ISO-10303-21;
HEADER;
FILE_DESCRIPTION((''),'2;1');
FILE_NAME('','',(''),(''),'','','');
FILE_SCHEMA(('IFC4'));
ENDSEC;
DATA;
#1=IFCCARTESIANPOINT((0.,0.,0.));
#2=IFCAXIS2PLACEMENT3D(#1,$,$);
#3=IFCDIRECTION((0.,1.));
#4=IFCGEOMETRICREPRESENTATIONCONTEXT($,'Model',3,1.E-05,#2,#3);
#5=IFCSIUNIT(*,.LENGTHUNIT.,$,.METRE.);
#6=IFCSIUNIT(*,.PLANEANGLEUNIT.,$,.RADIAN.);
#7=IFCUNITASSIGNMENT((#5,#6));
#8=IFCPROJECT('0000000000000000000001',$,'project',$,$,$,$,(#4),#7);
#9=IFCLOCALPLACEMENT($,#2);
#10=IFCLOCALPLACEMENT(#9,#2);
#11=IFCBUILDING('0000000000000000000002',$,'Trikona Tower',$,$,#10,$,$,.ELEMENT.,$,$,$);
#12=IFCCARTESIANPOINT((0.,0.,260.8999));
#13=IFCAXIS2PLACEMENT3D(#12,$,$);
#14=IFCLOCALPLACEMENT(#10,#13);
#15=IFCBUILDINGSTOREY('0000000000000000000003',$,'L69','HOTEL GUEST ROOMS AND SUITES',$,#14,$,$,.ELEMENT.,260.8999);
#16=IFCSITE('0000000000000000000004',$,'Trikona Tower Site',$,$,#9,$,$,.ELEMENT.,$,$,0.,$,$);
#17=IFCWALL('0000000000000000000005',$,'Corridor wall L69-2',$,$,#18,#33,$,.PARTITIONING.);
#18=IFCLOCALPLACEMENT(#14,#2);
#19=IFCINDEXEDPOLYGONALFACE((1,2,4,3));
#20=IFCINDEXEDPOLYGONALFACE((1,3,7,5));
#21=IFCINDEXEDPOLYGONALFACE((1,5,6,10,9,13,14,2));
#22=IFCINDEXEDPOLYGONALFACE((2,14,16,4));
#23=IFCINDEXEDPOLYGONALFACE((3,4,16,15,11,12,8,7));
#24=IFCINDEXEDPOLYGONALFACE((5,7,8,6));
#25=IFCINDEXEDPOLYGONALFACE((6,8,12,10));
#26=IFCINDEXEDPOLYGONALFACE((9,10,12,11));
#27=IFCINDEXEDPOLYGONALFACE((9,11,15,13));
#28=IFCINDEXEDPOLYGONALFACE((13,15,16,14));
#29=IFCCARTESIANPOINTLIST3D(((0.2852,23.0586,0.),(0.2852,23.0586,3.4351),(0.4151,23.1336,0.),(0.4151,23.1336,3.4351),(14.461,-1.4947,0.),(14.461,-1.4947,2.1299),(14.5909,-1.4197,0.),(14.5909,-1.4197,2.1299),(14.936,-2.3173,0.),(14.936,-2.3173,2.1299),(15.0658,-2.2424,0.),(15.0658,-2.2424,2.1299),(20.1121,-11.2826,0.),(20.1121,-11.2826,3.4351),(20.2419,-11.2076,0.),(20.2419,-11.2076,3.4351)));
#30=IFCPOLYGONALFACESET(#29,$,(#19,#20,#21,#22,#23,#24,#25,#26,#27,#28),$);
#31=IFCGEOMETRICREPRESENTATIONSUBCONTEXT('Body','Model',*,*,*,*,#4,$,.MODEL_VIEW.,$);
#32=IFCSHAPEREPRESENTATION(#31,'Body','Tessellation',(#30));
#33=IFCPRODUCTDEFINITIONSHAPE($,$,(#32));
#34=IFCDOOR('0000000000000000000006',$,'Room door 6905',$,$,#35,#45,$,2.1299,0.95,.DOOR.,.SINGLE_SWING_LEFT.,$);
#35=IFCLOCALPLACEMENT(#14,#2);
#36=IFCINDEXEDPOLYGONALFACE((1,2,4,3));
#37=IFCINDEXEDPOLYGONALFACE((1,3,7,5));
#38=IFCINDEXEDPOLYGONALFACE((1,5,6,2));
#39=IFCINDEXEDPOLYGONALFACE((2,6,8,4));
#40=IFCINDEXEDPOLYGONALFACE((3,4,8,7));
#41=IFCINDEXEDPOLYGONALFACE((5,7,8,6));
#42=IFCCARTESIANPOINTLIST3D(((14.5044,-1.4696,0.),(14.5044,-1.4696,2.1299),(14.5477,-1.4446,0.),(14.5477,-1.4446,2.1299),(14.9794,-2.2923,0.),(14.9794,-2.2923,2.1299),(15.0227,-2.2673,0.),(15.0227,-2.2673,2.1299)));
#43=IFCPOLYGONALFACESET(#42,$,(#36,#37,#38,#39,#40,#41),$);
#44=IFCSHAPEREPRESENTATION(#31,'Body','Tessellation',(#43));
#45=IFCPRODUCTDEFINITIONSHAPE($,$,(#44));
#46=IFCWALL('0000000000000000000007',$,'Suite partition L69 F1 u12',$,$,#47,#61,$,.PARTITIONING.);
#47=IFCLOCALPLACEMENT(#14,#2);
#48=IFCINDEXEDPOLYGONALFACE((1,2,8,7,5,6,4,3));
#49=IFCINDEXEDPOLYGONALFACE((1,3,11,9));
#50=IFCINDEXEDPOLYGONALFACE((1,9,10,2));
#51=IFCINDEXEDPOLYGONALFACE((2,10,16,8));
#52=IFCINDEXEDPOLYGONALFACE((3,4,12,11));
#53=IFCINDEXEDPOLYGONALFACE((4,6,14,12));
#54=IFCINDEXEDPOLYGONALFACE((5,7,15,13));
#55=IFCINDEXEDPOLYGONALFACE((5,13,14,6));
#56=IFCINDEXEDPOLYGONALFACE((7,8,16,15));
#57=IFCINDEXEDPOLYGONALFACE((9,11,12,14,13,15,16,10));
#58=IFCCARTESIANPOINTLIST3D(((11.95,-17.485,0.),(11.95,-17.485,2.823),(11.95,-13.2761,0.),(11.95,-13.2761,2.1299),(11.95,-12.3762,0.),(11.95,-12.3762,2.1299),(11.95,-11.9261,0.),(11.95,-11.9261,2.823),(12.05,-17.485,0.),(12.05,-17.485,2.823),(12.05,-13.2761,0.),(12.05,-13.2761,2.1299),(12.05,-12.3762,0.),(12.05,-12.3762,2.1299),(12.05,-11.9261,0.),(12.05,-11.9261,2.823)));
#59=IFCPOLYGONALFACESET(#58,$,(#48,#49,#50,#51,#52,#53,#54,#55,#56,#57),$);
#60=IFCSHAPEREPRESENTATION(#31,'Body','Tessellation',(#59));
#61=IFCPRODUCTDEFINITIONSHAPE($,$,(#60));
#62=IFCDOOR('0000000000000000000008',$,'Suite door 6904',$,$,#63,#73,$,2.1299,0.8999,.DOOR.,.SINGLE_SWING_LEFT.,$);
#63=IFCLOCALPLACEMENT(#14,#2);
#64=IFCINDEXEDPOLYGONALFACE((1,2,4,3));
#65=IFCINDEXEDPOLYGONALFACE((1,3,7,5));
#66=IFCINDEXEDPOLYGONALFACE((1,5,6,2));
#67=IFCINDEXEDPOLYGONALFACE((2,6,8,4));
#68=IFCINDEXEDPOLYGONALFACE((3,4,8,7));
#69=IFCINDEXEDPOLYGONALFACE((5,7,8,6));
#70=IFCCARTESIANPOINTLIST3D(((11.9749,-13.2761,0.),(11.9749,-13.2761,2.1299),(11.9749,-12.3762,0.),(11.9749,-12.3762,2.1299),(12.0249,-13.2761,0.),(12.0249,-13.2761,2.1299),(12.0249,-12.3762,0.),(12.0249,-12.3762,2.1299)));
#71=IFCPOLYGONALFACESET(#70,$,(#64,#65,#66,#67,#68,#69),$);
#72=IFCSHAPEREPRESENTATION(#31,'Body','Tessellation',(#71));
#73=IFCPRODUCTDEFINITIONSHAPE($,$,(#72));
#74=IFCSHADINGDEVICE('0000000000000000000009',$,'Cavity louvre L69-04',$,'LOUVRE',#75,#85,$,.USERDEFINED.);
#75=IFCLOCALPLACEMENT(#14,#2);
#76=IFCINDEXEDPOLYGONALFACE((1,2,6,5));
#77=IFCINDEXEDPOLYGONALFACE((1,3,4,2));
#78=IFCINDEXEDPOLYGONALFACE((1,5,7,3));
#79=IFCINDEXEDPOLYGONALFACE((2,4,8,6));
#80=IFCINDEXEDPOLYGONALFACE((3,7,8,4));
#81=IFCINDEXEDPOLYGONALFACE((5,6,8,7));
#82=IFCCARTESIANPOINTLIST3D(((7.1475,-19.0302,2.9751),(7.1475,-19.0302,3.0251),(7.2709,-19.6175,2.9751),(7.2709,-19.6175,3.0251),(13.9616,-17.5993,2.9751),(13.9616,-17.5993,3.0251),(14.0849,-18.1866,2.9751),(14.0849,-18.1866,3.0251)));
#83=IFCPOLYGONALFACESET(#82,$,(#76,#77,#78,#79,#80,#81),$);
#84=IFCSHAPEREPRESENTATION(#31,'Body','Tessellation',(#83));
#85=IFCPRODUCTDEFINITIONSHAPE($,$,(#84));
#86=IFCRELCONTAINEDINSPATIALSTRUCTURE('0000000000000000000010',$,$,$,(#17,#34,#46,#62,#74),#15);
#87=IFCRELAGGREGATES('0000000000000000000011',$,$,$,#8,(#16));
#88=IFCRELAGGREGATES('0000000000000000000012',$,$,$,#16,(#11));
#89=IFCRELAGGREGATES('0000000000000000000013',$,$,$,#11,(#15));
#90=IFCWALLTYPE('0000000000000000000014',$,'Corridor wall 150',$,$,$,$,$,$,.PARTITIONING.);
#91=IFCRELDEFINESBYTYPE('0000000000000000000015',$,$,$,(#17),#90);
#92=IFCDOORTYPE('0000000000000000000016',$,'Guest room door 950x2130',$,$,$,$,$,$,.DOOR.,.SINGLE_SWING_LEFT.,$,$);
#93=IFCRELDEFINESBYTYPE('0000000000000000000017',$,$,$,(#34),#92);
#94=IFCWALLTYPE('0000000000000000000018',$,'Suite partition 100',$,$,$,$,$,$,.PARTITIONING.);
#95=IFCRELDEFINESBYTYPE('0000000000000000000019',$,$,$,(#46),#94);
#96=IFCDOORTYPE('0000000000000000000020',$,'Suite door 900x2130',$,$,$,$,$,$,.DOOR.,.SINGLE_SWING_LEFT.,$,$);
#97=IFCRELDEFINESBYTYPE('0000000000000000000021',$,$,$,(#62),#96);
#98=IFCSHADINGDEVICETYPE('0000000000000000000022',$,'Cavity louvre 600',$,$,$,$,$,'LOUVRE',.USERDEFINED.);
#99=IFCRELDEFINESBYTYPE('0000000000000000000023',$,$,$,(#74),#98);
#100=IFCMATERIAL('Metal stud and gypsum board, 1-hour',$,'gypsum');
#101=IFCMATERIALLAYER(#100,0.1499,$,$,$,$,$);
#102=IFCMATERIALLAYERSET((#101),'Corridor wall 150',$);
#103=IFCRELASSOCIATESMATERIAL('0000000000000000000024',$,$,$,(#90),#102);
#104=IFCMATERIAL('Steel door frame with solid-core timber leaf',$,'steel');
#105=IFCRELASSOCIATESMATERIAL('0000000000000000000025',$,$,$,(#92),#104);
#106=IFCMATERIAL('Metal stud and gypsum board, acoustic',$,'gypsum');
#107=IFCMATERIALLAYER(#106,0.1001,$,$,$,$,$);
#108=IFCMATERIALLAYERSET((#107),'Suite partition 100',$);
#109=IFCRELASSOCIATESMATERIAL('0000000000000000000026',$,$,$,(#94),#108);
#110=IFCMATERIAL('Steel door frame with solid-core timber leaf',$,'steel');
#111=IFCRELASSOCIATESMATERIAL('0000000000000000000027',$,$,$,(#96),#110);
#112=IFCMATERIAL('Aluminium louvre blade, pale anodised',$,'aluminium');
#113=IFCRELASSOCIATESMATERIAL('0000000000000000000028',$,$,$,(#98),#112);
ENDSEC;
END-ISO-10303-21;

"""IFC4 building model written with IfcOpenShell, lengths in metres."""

from ifc_helpers import new_model, si_unit, direction, frame, frame_2d, origin, origin_2d, place, context, subcontext, project, spatial, rectangle, extrude, material, layer, layer_set, type_object, element, fill, save


model = new_model("IFC4")

# Units and contexts
model_context = context("Model", 3, precision=1e-05, world=origin(), true_north=direction((0.0, 1.0)))
body_context = subcontext(model_context, "Body", "Model", "MODEL_VIEW")
ifc_project = project(units=[si_unit("LENGTHUNIT", "METRE"), si_unit("PLANEANGLEUNIT", "RADIAN")], contexts=[model_context])

# Site, building, storey
site_placement = place(None, origin())
site = spatial("IfcSite", under=ifc_project, at=site_placement, Name="Trikona Tower Site", CompositionType="ELEMENT", RefElevation=0.0)
building_placement = place(site_placement, origin())
building = spatial("IfcBuilding", under=site, at=building_placement, Name="Trikona Tower", CompositionType="ELEMENT")
storey_placement = place(building_placement, frame((0.0, 0.0, 260.8999)))
storey = spatial("IfcBuildingStorey", under=building, at=storey_placement, Name="L69", Description="HOTEL GUEST ROOMS AND SUITES", CompositionType="ELEMENT", Elevation=260.8999)

# Walls, openings, doors
ifc_material_1 = material(Name="Metal stud and gypsum board, 1-hour", Category="gypsum")
ifc_layer_1 = layer(ifc_material_1, 0.1499)
ifc_layer_set_1 = layer_set([ifc_layer_1], Name="Corridor wall 150")
wall_type_1 = type_object("IfcWallType", Name="Corridor wall 150", PredefinedType="PARTITIONING", material=ifc_layer_set_1)
wall_1_placement = place(storey_placement, frame((20.177, -11.2451, 0.0), z_axis=(0.0, 0.0, 1.0), x_axis=(-0.499999, 0.866026, 0.0)))
wall_1 = element("IfcWall", 1, at=wall_1_placement, inside=storey, type_object=wall_type_1, Name="Corridor wall L69-2", PredefinedType="PARTITIONING", context=body_context, shape_type="SweptSolid", body=[
    extrude(rectangle(XDim=39.6538, YDim=0.1499, at=frame_2d((19.8269, 0.0))), origin(), (0.0, 0.0, 1.0), 3.4351),
])
opening_1_placement = place(wall_1_placement, frame((10.3521, 0.0, 0.0)))
opening_1 = element("IfcOpeningElement", 2, at=opening_1_placement, cuts=wall_1, PredefinedType="OPENING", context=body_context, shape_type="SweptSolid", body=[
    extrude(rectangle(XDim=0.95, YDim=2.1299, at=frame_2d((0.4751, 1.0649))), frame((0.0, 0.085, 0.0), z_axis=(0.0, -1.0, 0.0), x_axis=(1.0, 0.0, 0.0)), (0.0, 0.0, 1.0), 0.1699),
])
ifc_material_2 = material(Name="Steel door frame with solid-core timber leaf", Category="steel")
door_type_1 = type_object("IfcDoorType", Name="Guest room door 950x2130", OperationType="SINGLE_SWING_LEFT", PredefinedType="DOOR", material=ifc_material_2)
door_1_placement = place(opening_1_placement, origin())
door_1 = element("IfcDoor", 3, at=door_1_placement, inside=storey, type_object=door_type_1, Name="Room door 6905", OperationType="SINGLE_SWING_LEFT", OverallHeight=2.1299, OverallWidth=0.95, PredefinedType="DOOR", context=body_context, shape_type="SweptSolid", body=[
    extrude(rectangle(XDim=0.95, YDim=2.1299, at=frame_2d((0.4751, 1.0649))), frame((0.0, 0.0249, 0.0), z_axis=(0.0, -1.0, 0.0), x_axis=(1.0, 0.0, 0.0)), (0.0, 0.0, 1.0), 0.05),
])
fill(opening_1, door_1)
ifc_material_3 = material(Name="Metal stud and gypsum board, acoustic", Category="gypsum")
ifc_layer_2 = layer(ifc_material_3, 0.1001)
ifc_layer_set_2 = layer_set([ifc_layer_2], Name="Suite partition 100")
wall_type_2 = type_object("IfcWallType", Name="Suite partition 100", PredefinedType="PARTITIONING", material=ifc_layer_set_2)
wall_2_placement = place(storey_placement, frame((12.0, -11.9263, 0.0), z_axis=(0.0, 0.0, 1.0), x_axis=(0.0, -1.0, 0.0)))
wall_2 = element("IfcWall", 4, at=wall_2_placement, inside=storey, type_object=wall_type_2, Name="Suite partition L69 F1 u12", PredefinedType="PARTITIONING", context=body_context, shape_type="SweptSolid", body=[
    extrude(rectangle(XDim=5.5588, YDim=0.1001, at=frame_2d((2.7793, 0.0))), origin(), (0.0, 0.0, 1.0), 2.823),
])
opening_2_placement = place(wall_2_placement, frame((0.45, 0.0, 0.0)))
opening_2 = element("IfcOpeningElement", 5, at=opening_2_placement, cuts=wall_2, PredefinedType="OPENING", context=body_context, shape_type="SweptSolid", body=[
    extrude(rectangle(XDim=0.8999, YDim=2.1299, at=frame_2d((0.45, 1.0649))), frame((0.0, 0.0601, 0.0), z_axis=(0.0, -1.0, 0.0), x_axis=(1.0, 0.0, 0.0)), (0.0, 0.0, 1.0), 0.1201),
])
ifc_material_4 = material(Name="Steel door frame with solid-core timber leaf", Category="steel")
door_type_2 = type_object("IfcDoorType", Name="Suite door 900x2130", OperationType="SINGLE_SWING_LEFT", PredefinedType="DOOR", material=ifc_material_4)
door_2_placement = place(opening_2_placement, origin())
door_2 = element("IfcDoor", 6, at=door_2_placement, inside=storey, type_object=door_type_2, Name="Suite door 6904", OperationType="SINGLE_SWING_LEFT", OverallHeight=2.1299, OverallWidth=0.8999, PredefinedType="DOOR", context=body_context, shape_type="SweptSolid", body=[
    extrude(rectangle(XDim=0.8999, YDim=2.1299, at=frame_2d((0.45, 1.0649))), frame((0.0, 0.0249, 0.0), z_axis=(0.0, -1.0, 0.0), x_axis=(1.0, 0.0, 0.0)), (0.0, 0.0, 1.0), 0.05),
])
fill(opening_2, door_2)

# Shading device
ifc_material_5 = material(Name="Aluminium louvre blade, pale anodised", Category="aluminium")
shading_device_type = type_object("IfcShadingDeviceType", Name="Cavity louvre 600", ElementType="LOUVRE", PredefinedType="USERDEFINED", material=ifc_material_5)
shading_device_placement = place(storey_placement, frame((10.6162, -18.6084, 2.9751), z_axis=(0.0, 0.0, 1.0), x_axis=(0.978653, 0.205518, 0.0)))
element("IfcShadingDevice", 7, at=shading_device_placement, inside=storey, type_object=shading_device_type, Name="Cavity louvre L69-04", ObjectType="LOUVRE", PredefinedType="USERDEFINED", context=body_context, shape_type="SweptSolid", body=[
    extrude(rectangle(XDim=6.9626, YDim=0.6001, at=origin_2d()), origin(), (0.0, 0.0, 1.0), 0.05),
])

save(model, "model.ifc")
